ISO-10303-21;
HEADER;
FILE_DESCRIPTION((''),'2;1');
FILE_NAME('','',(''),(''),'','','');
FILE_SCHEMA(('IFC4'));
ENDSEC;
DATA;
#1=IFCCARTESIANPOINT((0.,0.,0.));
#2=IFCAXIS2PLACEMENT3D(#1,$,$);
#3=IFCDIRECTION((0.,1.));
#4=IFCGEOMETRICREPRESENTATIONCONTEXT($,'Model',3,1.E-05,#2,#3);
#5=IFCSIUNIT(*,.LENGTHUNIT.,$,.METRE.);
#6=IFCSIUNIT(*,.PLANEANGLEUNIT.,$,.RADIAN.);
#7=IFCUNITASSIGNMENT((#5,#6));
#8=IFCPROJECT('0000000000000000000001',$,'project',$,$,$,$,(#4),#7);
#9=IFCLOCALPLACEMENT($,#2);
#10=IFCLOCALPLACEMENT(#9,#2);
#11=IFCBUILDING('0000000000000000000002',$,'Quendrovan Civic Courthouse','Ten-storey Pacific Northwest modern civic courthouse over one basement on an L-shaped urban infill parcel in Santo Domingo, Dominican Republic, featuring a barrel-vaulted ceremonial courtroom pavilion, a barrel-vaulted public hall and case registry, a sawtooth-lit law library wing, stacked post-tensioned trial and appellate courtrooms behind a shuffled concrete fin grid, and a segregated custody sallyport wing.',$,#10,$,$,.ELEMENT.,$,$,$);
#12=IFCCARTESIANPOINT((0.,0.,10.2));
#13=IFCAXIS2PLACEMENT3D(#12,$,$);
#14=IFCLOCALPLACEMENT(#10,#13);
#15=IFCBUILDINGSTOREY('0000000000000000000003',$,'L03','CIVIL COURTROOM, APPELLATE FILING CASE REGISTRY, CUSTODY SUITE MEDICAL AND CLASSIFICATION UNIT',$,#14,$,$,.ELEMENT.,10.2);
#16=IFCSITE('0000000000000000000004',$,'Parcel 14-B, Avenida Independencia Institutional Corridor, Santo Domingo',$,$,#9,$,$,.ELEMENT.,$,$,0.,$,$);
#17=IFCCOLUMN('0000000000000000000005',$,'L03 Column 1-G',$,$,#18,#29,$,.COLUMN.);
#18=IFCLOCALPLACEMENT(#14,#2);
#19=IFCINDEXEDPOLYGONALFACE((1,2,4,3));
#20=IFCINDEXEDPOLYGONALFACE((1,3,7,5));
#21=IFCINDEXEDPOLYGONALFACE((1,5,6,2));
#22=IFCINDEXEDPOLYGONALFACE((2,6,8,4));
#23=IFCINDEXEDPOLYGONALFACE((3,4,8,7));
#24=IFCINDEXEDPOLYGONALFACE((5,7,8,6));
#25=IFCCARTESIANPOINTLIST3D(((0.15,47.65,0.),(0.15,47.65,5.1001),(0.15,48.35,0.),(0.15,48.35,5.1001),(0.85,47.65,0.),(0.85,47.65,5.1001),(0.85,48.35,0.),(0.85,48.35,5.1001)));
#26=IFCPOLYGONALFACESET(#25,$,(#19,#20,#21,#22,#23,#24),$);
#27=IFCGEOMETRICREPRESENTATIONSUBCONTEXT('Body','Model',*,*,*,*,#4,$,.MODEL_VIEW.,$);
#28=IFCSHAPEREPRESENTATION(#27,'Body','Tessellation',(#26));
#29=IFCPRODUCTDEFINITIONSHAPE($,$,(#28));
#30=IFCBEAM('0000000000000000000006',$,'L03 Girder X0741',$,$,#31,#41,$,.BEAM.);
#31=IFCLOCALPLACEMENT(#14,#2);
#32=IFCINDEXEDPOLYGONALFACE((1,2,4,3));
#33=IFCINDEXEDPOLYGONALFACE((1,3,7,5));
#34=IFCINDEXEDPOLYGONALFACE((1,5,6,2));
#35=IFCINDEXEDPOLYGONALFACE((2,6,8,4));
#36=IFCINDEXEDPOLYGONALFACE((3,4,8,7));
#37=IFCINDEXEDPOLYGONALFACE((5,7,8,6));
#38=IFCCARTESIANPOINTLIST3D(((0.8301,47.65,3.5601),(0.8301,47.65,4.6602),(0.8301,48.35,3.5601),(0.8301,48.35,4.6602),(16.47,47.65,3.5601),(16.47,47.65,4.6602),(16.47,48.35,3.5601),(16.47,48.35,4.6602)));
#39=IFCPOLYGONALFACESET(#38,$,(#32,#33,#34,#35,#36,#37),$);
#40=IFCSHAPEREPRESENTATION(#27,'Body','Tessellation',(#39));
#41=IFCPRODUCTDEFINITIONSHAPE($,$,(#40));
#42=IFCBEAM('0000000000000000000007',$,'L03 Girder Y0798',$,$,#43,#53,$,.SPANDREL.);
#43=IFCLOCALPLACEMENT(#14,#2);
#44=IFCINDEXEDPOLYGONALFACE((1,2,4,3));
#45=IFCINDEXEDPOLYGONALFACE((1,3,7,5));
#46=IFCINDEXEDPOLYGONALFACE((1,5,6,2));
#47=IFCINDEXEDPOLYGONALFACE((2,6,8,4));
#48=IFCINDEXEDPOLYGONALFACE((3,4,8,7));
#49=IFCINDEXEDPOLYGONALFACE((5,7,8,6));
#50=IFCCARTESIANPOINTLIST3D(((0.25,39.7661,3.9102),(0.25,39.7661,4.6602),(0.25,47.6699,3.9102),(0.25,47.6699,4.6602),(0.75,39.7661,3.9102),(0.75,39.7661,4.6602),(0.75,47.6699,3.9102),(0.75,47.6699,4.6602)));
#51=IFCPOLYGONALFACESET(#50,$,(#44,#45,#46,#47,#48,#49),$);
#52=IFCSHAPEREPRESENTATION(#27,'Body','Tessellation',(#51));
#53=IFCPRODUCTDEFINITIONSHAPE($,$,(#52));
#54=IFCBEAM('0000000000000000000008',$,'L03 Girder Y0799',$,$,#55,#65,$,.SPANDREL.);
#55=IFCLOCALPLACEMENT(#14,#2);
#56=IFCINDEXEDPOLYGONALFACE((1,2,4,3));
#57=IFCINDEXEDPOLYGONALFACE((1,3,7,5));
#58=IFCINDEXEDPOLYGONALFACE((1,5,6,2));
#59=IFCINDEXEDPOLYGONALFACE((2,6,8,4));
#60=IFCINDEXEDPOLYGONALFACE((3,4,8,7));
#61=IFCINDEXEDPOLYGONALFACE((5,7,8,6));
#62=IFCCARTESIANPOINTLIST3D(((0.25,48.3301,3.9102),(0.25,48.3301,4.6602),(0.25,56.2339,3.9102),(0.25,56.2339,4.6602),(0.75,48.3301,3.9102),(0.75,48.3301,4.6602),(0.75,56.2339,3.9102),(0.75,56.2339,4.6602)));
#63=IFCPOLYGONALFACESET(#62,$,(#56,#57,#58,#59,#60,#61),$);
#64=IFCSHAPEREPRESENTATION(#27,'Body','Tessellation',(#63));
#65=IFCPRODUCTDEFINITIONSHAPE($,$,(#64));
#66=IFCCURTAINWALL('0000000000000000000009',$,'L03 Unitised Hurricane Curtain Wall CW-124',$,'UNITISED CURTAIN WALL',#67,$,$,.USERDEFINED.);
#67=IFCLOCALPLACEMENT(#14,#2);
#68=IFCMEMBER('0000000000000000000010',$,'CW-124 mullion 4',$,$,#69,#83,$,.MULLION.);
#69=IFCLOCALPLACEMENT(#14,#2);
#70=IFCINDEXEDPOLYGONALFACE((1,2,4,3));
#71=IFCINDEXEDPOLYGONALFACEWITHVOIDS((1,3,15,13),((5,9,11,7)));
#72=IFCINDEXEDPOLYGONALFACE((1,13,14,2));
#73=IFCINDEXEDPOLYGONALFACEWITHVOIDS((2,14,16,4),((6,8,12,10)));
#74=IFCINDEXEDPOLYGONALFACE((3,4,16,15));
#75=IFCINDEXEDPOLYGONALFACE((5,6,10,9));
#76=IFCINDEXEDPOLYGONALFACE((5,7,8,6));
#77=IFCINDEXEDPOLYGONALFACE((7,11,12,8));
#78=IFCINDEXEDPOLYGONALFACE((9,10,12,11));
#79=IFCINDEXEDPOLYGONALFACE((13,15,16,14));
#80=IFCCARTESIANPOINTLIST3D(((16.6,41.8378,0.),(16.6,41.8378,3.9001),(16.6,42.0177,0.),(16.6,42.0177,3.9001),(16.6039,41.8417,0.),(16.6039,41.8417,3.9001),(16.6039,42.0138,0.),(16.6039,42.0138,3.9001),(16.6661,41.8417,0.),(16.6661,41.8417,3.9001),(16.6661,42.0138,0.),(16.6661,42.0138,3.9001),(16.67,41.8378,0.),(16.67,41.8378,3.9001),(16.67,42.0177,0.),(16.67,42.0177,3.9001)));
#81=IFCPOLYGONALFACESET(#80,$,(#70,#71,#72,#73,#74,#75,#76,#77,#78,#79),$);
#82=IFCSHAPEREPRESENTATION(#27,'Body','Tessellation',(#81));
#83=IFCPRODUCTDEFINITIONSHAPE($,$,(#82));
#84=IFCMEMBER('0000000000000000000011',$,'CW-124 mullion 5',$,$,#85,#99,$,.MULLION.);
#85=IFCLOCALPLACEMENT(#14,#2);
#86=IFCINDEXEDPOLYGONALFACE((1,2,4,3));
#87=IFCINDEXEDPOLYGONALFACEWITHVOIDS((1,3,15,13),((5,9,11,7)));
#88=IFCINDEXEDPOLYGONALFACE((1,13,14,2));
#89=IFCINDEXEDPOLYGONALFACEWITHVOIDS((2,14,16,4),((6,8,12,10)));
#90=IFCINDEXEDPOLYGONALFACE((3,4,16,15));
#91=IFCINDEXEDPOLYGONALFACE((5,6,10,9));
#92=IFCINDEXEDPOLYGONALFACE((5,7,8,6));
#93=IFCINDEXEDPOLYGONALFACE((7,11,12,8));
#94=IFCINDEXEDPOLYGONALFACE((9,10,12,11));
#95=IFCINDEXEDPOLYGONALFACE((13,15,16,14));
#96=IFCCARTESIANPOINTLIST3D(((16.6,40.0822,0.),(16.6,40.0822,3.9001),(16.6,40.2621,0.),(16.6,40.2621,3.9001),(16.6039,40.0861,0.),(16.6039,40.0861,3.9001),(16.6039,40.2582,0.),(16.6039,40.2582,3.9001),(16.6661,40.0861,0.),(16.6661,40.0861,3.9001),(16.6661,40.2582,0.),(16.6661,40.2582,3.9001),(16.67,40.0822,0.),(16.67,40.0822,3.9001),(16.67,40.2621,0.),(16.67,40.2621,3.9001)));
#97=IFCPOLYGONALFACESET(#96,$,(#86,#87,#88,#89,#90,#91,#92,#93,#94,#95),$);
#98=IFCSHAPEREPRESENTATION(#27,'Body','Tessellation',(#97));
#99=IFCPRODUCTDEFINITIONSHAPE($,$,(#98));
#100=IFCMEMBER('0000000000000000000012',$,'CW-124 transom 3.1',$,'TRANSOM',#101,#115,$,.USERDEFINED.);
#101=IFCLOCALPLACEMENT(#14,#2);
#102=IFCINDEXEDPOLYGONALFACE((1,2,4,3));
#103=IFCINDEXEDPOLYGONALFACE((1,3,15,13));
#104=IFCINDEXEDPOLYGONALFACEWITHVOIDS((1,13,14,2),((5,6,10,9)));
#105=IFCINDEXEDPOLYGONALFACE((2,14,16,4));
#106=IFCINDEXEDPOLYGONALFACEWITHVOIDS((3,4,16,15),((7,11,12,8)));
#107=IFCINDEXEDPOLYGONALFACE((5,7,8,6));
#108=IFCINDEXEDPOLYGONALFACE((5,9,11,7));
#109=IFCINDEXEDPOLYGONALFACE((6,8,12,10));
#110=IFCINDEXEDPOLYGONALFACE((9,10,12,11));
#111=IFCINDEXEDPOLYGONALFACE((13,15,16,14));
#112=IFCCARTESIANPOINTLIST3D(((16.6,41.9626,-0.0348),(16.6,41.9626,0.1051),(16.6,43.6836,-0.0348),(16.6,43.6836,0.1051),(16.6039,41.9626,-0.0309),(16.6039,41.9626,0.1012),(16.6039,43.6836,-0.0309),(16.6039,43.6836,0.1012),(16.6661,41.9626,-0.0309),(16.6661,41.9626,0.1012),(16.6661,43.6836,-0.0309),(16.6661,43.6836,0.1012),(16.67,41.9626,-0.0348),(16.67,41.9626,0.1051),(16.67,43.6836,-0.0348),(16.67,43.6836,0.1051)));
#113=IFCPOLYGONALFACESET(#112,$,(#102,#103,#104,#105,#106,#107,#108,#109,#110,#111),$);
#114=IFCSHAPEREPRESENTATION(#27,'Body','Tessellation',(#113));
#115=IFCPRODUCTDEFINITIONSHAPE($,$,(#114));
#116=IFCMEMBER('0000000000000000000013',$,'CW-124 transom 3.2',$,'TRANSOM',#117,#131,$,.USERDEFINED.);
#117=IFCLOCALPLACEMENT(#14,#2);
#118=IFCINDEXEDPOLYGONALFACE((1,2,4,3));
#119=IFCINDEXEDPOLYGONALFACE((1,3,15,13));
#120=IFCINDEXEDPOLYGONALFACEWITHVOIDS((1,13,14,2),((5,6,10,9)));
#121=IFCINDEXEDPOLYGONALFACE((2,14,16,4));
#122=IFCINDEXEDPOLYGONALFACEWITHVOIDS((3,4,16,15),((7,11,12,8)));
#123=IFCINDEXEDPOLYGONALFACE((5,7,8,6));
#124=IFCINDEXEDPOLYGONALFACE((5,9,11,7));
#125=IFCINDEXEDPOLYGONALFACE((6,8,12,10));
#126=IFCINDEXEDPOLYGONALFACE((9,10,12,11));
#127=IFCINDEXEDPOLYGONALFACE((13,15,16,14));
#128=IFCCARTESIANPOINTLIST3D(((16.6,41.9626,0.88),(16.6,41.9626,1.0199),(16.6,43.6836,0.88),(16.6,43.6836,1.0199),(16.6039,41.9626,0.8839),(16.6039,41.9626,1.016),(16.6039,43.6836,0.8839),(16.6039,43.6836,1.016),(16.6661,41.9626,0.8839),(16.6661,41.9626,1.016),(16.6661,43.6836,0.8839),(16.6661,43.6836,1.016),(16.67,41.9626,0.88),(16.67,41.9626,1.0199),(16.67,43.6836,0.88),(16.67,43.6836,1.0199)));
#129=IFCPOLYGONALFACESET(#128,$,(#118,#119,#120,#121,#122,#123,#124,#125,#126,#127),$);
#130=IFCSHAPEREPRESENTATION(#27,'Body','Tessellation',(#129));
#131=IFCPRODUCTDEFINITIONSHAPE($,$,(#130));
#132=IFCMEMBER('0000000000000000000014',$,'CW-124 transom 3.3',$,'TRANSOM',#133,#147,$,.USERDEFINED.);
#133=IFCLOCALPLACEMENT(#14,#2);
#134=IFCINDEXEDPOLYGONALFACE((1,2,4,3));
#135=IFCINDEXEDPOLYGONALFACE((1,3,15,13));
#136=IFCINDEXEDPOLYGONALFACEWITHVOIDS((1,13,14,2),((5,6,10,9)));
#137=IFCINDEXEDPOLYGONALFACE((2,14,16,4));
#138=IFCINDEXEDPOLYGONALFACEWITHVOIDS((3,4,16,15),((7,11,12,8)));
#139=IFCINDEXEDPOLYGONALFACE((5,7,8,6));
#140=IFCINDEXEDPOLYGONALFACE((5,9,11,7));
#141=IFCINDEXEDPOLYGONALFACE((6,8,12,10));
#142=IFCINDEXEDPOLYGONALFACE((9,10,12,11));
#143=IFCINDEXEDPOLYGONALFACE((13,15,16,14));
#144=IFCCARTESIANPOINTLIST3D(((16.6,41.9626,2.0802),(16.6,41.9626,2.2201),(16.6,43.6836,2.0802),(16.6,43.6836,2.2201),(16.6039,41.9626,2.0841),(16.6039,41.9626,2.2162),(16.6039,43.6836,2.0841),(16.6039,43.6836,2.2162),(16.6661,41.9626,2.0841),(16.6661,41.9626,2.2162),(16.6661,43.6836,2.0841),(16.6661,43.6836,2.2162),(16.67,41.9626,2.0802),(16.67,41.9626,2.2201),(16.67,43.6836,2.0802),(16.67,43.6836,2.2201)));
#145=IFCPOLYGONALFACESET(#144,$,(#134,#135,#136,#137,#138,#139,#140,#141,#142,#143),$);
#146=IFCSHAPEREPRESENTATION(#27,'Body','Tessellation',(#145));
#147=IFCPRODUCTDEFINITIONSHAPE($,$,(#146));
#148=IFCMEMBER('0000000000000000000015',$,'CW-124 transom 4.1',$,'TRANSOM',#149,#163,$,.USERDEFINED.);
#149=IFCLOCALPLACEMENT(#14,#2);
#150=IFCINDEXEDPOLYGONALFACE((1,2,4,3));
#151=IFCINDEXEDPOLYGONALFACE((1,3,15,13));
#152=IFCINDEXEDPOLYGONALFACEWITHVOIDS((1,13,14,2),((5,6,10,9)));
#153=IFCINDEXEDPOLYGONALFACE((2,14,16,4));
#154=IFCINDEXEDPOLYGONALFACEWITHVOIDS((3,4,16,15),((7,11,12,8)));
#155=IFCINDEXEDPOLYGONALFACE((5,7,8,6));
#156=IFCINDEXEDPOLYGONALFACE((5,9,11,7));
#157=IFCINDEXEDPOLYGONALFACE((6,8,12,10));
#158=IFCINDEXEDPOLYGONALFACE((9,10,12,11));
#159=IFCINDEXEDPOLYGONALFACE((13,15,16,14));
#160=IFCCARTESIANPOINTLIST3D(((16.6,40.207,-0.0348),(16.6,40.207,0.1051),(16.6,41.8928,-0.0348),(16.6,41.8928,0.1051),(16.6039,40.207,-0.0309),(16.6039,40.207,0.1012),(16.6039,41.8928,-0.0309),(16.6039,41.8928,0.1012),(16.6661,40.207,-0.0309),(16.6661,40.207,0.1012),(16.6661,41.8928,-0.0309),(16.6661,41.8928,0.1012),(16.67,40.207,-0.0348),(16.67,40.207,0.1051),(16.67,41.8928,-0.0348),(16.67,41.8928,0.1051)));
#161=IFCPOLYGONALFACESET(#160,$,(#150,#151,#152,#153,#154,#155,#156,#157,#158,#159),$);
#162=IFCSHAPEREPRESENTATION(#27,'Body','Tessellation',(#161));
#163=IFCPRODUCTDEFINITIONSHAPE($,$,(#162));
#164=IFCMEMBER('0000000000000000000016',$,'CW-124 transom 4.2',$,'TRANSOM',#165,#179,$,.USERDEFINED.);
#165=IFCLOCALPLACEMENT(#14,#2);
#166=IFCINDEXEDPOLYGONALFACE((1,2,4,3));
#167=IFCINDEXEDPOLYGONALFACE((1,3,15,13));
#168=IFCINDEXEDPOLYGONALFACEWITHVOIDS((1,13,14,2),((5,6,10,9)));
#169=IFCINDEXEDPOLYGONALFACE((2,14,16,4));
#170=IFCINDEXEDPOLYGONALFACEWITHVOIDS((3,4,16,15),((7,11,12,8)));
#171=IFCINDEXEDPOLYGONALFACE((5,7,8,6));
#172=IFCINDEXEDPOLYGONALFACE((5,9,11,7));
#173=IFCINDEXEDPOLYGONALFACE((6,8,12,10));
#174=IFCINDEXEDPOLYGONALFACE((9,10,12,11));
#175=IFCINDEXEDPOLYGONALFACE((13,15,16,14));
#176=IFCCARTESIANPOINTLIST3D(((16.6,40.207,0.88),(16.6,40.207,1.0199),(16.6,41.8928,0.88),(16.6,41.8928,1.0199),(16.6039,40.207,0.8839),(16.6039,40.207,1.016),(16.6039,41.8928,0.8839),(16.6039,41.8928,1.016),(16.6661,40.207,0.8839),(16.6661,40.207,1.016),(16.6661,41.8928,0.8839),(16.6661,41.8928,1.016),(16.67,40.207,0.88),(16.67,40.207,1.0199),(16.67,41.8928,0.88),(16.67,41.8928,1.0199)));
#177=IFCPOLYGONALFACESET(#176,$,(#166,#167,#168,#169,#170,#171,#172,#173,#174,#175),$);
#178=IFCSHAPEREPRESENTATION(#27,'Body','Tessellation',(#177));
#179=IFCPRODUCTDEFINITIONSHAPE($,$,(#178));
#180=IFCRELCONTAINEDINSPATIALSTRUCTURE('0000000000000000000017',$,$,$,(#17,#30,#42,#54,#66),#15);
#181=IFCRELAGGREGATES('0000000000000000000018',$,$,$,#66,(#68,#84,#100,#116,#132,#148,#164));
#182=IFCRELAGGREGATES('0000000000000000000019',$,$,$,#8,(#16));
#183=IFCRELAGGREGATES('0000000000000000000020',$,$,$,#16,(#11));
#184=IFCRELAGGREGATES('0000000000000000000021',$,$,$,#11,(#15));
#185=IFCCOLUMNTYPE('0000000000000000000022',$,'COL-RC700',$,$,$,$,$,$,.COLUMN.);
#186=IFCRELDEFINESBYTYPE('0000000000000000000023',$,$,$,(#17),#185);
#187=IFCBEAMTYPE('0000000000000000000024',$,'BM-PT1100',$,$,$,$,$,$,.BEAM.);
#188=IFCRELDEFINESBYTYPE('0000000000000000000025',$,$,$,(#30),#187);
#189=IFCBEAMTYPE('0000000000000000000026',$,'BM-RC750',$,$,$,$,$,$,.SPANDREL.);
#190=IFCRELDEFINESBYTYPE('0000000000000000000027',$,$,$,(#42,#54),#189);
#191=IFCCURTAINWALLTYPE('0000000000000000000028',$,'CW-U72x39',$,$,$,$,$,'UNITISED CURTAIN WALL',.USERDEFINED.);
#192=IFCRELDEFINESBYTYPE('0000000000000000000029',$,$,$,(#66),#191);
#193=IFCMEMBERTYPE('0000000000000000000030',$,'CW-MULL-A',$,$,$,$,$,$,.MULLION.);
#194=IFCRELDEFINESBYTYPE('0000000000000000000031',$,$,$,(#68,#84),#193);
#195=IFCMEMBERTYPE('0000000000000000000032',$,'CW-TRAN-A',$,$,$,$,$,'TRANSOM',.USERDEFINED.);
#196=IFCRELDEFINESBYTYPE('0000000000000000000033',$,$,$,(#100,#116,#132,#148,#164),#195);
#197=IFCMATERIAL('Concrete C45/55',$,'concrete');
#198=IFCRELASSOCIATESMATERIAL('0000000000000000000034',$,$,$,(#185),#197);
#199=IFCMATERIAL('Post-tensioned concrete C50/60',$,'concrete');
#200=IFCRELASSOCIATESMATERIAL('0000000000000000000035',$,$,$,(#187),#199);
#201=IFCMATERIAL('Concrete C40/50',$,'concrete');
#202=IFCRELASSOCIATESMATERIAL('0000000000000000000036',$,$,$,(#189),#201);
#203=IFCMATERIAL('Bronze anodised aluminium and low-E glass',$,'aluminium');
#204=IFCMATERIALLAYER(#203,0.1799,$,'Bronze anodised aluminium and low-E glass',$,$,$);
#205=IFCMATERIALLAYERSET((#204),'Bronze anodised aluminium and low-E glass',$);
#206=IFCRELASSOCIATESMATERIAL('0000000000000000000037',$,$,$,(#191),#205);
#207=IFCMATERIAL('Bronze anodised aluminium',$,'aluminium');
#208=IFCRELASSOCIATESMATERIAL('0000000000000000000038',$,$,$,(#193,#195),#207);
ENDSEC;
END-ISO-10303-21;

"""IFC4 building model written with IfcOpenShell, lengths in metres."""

from ifc_helpers import new_model, si_unit, direction, frame, origin, origin_2d, place, context, subcontext, project, spatial, rectangle, hollow_rectangle, extrude, material, layer, layer_set, material_profile, profile_set, type_object, element, aggregate, save


model = new_model("IFC4")

# Units and contexts
model_context = context("Model", 3, precision=1e-05, world=origin(), true_north=direction((0.0, 1.0)))
body_context = subcontext(model_context, "Body", "Model", "MODEL_VIEW")
ifc_project = project(units=[si_unit("LENGTHUNIT", "METRE"), si_unit("PLANEANGLEUNIT", "RADIAN")], contexts=[model_context])

# Site, building, storey
site_placement = place(None, origin())
site = spatial("IfcSite", under=ifc_project, at=site_placement, Name="Parcel 14-B, Avenida Independencia Institutional Corridor, Santo Domingo", CompositionType="ELEMENT", RefElevation=0.0)
building_placement = place(site_placement, origin())
building = spatial("IfcBuilding", under=site, at=building_placement, Name="Quendrovan Civic Courthouse", Description="Ten-storey Pacific Northwest modern civic courthouse over one basement on an L-shaped urban infill parcel in Santo Domingo, Dominican Republic, featuring a barrel-vaulted ceremonial courtroom pavilion, a barrel-vaulted public hall and case registry, a sawtooth-lit law library wing, stacked post-tensioned trial and appellate courtrooms behind a shuffled concrete fin grid, and a segregated custody sallyport wing.", CompositionType="ELEMENT")
storey_placement = place(building_placement, frame((0.0, 0.0, 10.2)))
storey = spatial("IfcBuildingStorey", under=building, at=storey_placement, Name="L03", Description="CIVIL COURTROOM, APPELLATE FILING CASE REGISTRY, CUSTODY SUITE MEDICAL AND CLASSIFICATION UNIT", CompositionType="ELEMENT", Elevation=10.2)

# Column
ifc_material_1 = material(Name="Concrete C45/55", Category="concrete")
ifc_material_profile_1 = material_profile(ifc_material_1, rectangle(XDim=0.7, YDim=0.7, at=origin_2d()), Name="RC-COL-700x700")
ifc_profile_set_1 = profile_set([ifc_material_profile_1], Name="Concrete C45/55")
column_type = type_object("IfcColumnType", Name="COL-RC700", PredefinedType="COLUMN", material=ifc_profile_set_1)
column_placement = place(storey_placement, frame((0.5, 48.0, 0.0), z_axis=(0.0, 0.0, 1.0), x_axis=(1.0, 0.0, 0.0)))
element("IfcColumn", 1, at=column_placement, inside=storey, type_object=column_type, Name="L03 Column 1-G", PredefinedType="COLUMN", context=body_context, shape_type="SweptSolid", body=[
    extrude(rectangle(XDim=0.7, YDim=0.7, at=origin_2d()), origin(), (0.0, 0.0, 1.0), 5.1001),
])

# Beams
ifc_material_2 = material(Name="Post-tensioned concrete C50/60", Category="concrete")
ifc_material_profile_2 = material_profile(ifc_material_2, rectangle(XDim=0.7, YDim=1.1001, at=origin_2d()), Name="PT-GIRD-700x1100")
ifc_profile_set_2 = profile_set([ifc_material_profile_2], Name="Post-tensioned concrete C50/60")
beam_type_1 = type_object("IfcBeamType", Name="BM-PT1100", PredefinedType="BEAM", material=ifc_profile_set_2)
beam_placement = place(storey_placement, frame((0.8301, 48.0, 4.1101), z_axis=(1.0, 0.0, 0.0), x_axis=(0.0, 1.0, 0.0)))
element("IfcBeam", 2, at=beam_placement, inside=storey, type_object=beam_type_1, Name="L03 Girder X0741", PredefinedType="BEAM", context=body_context, shape_type="SweptSolid", body=[
    extrude(rectangle(XDim=0.7, YDim=1.1001, at=origin_2d()), origin(), (0.0, 0.0, 1.0), 15.6399),
])
ifc_material_3 = material(Name="Concrete C40/50", Category="concrete")
ifc_material_profile_3 = material_profile(ifc_material_3, rectangle(XDim=0.5, YDim=0.75, at=origin_2d()), Name="RC-BM-500x750")
ifc_profile_set_3 = profile_set([ifc_material_profile_3], Name="Concrete C40/50")
beam_type_2 = type_object("IfcBeamType", Name="BM-RC750", PredefinedType="SPANDREL", material=ifc_profile_set_3)
for number, where, z_axis, x_axis, name in (
    (3, (0.5, 39.7661, 4.2852), (0.0, 1.0, 0.0), (-1.0, 0.0, 0.0), "L03 Girder Y0798"),
    (4, (0.5, 48.3301, 4.2852), (0.0, 1.0, 0.0), (-1.0, 0.0, 0.0), "L03 Girder Y0799"),
):
    element("IfcBeam", number, at=place(storey_placement, frame(where, z_axis=z_axis, x_axis=x_axis)), inside=storey, type_object=beam_type_2, Name=name, PredefinedType="SPANDREL", context=body_context, shape_type="SweptSolid", body=[
        extrude(rectangle(XDim=0.5, YDim=0.75, at=origin_2d()), origin(), (0.0, 0.0, 1.0), 7.9038),
    ])

# Curtain wall, members
ifc_material_4 = material(Name="Bronze anodised aluminium and low-E glass", Category="aluminium")
ifc_layer_1 = layer(ifc_material_4, 0.1799, Name="Bronze anodised aluminium and low-E glass")
ifc_layer_set_1 = layer_set([ifc_layer_1], Name="Bronze anodised aluminium and low-E glass")
curtain_wall_type = type_object("IfcCurtainWallType", Name="CW-U72x39", ElementType="UNITISED CURTAIN WALL", PredefinedType="USERDEFINED", material=ifc_layer_set_1)
curtain_wall_placement = place(storey_placement, origin())
curtain_wall = element("IfcCurtainWall", 5, at=curtain_wall_placement, inside=storey, type_object=curtain_wall_type, Name="L03 Unitised Hurricane Curtain Wall CW-124", ObjectType="UNITISED CURTAIN WALL", PredefinedType="USERDEFINED")
ifc_material_5 = material(Name="Bronze anodised aluminium", Category="aluminium")
ifc_material_profile_4 = material_profile(ifc_material_5, hollow_rectangle(XDim=0.0701, YDim=0.1799, WallThickness=0.0039, at=origin_2d()), Name="CW-MULL-70x180")
ifc_profile_set_4 = profile_set([ifc_material_profile_4], Name="Bronze anodised aluminium")
member_type_1 = type_object("IfcMemberType", Name="CW-MULL-A", PredefinedType="MULLION", material=ifc_profile_set_4)
member_1_placement = place(storey_placement, frame((16.635, 41.9277, 0.0), z_axis=(0.0, 0.0, 1.0), x_axis=(1.0, 0.0, 0.0)))
member_1 = element("IfcMember", 6, at=member_1_placement, type_object=member_type_1, Name="CW-124 mullion 4", PredefinedType="MULLION", context=body_context, shape_type="SweptSolid", body=[
    extrude(hollow_rectangle(XDim=0.0701, YDim=0.1799, WallThickness=0.0039, at=origin_2d()), origin(), (0.0, 0.0, 1.0), 3.9001),
])
member_2_placement = place(storey_placement, frame((16.635, 40.1721, 0.0), z_axis=(0.0, 0.0, 1.0), x_axis=(1.0, 0.0, 0.0)))
member_2 = element("IfcMember", 7, at=member_2_placement, type_object=member_type_1, Name="CW-124 mullion 5", PredefinedType="MULLION", context=body_context, shape_type="SweptSolid", body=[
    extrude(hollow_rectangle(XDim=0.0701, YDim=0.1799, WallThickness=0.0039, at=origin_2d()), origin(), (0.0, 0.0, 1.0), 3.9001),
])
ifc_material_profile_5 = material_profile(ifc_material_5, hollow_rectangle(XDim=0.0701, YDim=0.1399, WallThickness=0.0039, at=origin_2d()), Name="CW-TRAN-70x140")
ifc_profile_set_5 = profile_set([ifc_material_profile_5], Name="Bronze anodised aluminium")
member_type_2 = type_object("IfcMemberType", Name="CW-TRAN-A", ElementType="TRANSOM", PredefinedType="USERDEFINED", material=ifc_profile_set_5)
member_3_placement = place(storey_placement, frame((16.635, 43.6836, 0.0352), z_axis=(0.0, -1.0, 0.0), x_axis=(1.0, 0.0, 0.0)))
member_3 = element("IfcMember", 8, at=member_3_placement, type_object=member_type_2, Name="CW-124 transom 3.1", ObjectType="TRANSOM", PredefinedType="USERDEFINED", context=body_context, shape_type="SweptSolid", body=[
    extrude(hollow_rectangle(XDim=0.0701, YDim=0.1399, WallThickness=0.0039, at=origin_2d()), origin(), (0.0, 0.0, 1.0), 1.7209),
])
member_4_placement = place(storey_placement, frame((16.635, 43.6836, 0.95), z_axis=(0.0, -1.0, 0.0), x_axis=(1.0, 0.0, 0.0)))
member_4 = element("IfcMember", 9, at=member_4_placement, type_object=member_type_2, Name="CW-124 transom 3.2", ObjectType="TRANSOM", PredefinedType="USERDEFINED", context=body_context, shape_type="SweptSolid", body=[
    extrude(hollow_rectangle(XDim=0.0701, YDim=0.1399, WallThickness=0.0039, at=origin_2d()), origin(), (0.0, 0.0, 1.0), 1.7209),
])
member_5_placement = place(storey_placement, frame((16.635, 43.6836, 2.1501), z_axis=(0.0, -1.0, 0.0), x_axis=(1.0, 0.0, 0.0)))
member_5 = element("IfcMember", 10, at=member_5_placement, type_object=member_type_2, Name="CW-124 transom 3.3", ObjectType="TRANSOM", PredefinedType="USERDEFINED", context=body_context, shape_type="SweptSolid", body=[
    extrude(hollow_rectangle(XDim=0.0701, YDim=0.1399, WallThickness=0.0039, at=origin_2d()), origin(), (0.0, 0.0, 1.0), 1.7209),
])
member_6_placement = place(storey_placement, frame((16.635, 41.8928, 0.0352), z_axis=(0.0, -1.0, 0.0), x_axis=(1.0, 0.0, 0.0)))
member_6 = element("IfcMember", 11, at=member_6_placement, type_object=member_type_2, Name="CW-124 transom 4.1", ObjectType="TRANSOM", PredefinedType="USERDEFINED", context=body_context, shape_type="SweptSolid", body=[
    extrude(hollow_rectangle(XDim=0.0701, YDim=0.1399, WallThickness=0.0039, at=origin_2d()), origin(), (0.0, 0.0, 1.0), 1.6858),
])
member_7_placement = place(storey_placement, frame((16.635, 41.8928, 0.95), z_axis=(0.0, -1.0, 0.0), x_axis=(1.0, 0.0, 0.0)))
member_7 = element("IfcMember", 12, at=member_7_placement, type_object=member_type_2, Name="CW-124 transom 4.2", ObjectType="TRANSOM", PredefinedType="USERDEFINED", context=body_context, shape_type="SweptSolid", body=[
    extrude(hollow_rectangle(XDim=0.0701, YDim=0.1399, WallThickness=0.0039, at=origin_2d()), origin(), (0.0, 0.0, 1.0), 1.6858),
])
aggregate(curtain_wall, [member_1, member_2, member_3, member_4, member_5, member_6, member_7])

save(model, "model.ifc")
